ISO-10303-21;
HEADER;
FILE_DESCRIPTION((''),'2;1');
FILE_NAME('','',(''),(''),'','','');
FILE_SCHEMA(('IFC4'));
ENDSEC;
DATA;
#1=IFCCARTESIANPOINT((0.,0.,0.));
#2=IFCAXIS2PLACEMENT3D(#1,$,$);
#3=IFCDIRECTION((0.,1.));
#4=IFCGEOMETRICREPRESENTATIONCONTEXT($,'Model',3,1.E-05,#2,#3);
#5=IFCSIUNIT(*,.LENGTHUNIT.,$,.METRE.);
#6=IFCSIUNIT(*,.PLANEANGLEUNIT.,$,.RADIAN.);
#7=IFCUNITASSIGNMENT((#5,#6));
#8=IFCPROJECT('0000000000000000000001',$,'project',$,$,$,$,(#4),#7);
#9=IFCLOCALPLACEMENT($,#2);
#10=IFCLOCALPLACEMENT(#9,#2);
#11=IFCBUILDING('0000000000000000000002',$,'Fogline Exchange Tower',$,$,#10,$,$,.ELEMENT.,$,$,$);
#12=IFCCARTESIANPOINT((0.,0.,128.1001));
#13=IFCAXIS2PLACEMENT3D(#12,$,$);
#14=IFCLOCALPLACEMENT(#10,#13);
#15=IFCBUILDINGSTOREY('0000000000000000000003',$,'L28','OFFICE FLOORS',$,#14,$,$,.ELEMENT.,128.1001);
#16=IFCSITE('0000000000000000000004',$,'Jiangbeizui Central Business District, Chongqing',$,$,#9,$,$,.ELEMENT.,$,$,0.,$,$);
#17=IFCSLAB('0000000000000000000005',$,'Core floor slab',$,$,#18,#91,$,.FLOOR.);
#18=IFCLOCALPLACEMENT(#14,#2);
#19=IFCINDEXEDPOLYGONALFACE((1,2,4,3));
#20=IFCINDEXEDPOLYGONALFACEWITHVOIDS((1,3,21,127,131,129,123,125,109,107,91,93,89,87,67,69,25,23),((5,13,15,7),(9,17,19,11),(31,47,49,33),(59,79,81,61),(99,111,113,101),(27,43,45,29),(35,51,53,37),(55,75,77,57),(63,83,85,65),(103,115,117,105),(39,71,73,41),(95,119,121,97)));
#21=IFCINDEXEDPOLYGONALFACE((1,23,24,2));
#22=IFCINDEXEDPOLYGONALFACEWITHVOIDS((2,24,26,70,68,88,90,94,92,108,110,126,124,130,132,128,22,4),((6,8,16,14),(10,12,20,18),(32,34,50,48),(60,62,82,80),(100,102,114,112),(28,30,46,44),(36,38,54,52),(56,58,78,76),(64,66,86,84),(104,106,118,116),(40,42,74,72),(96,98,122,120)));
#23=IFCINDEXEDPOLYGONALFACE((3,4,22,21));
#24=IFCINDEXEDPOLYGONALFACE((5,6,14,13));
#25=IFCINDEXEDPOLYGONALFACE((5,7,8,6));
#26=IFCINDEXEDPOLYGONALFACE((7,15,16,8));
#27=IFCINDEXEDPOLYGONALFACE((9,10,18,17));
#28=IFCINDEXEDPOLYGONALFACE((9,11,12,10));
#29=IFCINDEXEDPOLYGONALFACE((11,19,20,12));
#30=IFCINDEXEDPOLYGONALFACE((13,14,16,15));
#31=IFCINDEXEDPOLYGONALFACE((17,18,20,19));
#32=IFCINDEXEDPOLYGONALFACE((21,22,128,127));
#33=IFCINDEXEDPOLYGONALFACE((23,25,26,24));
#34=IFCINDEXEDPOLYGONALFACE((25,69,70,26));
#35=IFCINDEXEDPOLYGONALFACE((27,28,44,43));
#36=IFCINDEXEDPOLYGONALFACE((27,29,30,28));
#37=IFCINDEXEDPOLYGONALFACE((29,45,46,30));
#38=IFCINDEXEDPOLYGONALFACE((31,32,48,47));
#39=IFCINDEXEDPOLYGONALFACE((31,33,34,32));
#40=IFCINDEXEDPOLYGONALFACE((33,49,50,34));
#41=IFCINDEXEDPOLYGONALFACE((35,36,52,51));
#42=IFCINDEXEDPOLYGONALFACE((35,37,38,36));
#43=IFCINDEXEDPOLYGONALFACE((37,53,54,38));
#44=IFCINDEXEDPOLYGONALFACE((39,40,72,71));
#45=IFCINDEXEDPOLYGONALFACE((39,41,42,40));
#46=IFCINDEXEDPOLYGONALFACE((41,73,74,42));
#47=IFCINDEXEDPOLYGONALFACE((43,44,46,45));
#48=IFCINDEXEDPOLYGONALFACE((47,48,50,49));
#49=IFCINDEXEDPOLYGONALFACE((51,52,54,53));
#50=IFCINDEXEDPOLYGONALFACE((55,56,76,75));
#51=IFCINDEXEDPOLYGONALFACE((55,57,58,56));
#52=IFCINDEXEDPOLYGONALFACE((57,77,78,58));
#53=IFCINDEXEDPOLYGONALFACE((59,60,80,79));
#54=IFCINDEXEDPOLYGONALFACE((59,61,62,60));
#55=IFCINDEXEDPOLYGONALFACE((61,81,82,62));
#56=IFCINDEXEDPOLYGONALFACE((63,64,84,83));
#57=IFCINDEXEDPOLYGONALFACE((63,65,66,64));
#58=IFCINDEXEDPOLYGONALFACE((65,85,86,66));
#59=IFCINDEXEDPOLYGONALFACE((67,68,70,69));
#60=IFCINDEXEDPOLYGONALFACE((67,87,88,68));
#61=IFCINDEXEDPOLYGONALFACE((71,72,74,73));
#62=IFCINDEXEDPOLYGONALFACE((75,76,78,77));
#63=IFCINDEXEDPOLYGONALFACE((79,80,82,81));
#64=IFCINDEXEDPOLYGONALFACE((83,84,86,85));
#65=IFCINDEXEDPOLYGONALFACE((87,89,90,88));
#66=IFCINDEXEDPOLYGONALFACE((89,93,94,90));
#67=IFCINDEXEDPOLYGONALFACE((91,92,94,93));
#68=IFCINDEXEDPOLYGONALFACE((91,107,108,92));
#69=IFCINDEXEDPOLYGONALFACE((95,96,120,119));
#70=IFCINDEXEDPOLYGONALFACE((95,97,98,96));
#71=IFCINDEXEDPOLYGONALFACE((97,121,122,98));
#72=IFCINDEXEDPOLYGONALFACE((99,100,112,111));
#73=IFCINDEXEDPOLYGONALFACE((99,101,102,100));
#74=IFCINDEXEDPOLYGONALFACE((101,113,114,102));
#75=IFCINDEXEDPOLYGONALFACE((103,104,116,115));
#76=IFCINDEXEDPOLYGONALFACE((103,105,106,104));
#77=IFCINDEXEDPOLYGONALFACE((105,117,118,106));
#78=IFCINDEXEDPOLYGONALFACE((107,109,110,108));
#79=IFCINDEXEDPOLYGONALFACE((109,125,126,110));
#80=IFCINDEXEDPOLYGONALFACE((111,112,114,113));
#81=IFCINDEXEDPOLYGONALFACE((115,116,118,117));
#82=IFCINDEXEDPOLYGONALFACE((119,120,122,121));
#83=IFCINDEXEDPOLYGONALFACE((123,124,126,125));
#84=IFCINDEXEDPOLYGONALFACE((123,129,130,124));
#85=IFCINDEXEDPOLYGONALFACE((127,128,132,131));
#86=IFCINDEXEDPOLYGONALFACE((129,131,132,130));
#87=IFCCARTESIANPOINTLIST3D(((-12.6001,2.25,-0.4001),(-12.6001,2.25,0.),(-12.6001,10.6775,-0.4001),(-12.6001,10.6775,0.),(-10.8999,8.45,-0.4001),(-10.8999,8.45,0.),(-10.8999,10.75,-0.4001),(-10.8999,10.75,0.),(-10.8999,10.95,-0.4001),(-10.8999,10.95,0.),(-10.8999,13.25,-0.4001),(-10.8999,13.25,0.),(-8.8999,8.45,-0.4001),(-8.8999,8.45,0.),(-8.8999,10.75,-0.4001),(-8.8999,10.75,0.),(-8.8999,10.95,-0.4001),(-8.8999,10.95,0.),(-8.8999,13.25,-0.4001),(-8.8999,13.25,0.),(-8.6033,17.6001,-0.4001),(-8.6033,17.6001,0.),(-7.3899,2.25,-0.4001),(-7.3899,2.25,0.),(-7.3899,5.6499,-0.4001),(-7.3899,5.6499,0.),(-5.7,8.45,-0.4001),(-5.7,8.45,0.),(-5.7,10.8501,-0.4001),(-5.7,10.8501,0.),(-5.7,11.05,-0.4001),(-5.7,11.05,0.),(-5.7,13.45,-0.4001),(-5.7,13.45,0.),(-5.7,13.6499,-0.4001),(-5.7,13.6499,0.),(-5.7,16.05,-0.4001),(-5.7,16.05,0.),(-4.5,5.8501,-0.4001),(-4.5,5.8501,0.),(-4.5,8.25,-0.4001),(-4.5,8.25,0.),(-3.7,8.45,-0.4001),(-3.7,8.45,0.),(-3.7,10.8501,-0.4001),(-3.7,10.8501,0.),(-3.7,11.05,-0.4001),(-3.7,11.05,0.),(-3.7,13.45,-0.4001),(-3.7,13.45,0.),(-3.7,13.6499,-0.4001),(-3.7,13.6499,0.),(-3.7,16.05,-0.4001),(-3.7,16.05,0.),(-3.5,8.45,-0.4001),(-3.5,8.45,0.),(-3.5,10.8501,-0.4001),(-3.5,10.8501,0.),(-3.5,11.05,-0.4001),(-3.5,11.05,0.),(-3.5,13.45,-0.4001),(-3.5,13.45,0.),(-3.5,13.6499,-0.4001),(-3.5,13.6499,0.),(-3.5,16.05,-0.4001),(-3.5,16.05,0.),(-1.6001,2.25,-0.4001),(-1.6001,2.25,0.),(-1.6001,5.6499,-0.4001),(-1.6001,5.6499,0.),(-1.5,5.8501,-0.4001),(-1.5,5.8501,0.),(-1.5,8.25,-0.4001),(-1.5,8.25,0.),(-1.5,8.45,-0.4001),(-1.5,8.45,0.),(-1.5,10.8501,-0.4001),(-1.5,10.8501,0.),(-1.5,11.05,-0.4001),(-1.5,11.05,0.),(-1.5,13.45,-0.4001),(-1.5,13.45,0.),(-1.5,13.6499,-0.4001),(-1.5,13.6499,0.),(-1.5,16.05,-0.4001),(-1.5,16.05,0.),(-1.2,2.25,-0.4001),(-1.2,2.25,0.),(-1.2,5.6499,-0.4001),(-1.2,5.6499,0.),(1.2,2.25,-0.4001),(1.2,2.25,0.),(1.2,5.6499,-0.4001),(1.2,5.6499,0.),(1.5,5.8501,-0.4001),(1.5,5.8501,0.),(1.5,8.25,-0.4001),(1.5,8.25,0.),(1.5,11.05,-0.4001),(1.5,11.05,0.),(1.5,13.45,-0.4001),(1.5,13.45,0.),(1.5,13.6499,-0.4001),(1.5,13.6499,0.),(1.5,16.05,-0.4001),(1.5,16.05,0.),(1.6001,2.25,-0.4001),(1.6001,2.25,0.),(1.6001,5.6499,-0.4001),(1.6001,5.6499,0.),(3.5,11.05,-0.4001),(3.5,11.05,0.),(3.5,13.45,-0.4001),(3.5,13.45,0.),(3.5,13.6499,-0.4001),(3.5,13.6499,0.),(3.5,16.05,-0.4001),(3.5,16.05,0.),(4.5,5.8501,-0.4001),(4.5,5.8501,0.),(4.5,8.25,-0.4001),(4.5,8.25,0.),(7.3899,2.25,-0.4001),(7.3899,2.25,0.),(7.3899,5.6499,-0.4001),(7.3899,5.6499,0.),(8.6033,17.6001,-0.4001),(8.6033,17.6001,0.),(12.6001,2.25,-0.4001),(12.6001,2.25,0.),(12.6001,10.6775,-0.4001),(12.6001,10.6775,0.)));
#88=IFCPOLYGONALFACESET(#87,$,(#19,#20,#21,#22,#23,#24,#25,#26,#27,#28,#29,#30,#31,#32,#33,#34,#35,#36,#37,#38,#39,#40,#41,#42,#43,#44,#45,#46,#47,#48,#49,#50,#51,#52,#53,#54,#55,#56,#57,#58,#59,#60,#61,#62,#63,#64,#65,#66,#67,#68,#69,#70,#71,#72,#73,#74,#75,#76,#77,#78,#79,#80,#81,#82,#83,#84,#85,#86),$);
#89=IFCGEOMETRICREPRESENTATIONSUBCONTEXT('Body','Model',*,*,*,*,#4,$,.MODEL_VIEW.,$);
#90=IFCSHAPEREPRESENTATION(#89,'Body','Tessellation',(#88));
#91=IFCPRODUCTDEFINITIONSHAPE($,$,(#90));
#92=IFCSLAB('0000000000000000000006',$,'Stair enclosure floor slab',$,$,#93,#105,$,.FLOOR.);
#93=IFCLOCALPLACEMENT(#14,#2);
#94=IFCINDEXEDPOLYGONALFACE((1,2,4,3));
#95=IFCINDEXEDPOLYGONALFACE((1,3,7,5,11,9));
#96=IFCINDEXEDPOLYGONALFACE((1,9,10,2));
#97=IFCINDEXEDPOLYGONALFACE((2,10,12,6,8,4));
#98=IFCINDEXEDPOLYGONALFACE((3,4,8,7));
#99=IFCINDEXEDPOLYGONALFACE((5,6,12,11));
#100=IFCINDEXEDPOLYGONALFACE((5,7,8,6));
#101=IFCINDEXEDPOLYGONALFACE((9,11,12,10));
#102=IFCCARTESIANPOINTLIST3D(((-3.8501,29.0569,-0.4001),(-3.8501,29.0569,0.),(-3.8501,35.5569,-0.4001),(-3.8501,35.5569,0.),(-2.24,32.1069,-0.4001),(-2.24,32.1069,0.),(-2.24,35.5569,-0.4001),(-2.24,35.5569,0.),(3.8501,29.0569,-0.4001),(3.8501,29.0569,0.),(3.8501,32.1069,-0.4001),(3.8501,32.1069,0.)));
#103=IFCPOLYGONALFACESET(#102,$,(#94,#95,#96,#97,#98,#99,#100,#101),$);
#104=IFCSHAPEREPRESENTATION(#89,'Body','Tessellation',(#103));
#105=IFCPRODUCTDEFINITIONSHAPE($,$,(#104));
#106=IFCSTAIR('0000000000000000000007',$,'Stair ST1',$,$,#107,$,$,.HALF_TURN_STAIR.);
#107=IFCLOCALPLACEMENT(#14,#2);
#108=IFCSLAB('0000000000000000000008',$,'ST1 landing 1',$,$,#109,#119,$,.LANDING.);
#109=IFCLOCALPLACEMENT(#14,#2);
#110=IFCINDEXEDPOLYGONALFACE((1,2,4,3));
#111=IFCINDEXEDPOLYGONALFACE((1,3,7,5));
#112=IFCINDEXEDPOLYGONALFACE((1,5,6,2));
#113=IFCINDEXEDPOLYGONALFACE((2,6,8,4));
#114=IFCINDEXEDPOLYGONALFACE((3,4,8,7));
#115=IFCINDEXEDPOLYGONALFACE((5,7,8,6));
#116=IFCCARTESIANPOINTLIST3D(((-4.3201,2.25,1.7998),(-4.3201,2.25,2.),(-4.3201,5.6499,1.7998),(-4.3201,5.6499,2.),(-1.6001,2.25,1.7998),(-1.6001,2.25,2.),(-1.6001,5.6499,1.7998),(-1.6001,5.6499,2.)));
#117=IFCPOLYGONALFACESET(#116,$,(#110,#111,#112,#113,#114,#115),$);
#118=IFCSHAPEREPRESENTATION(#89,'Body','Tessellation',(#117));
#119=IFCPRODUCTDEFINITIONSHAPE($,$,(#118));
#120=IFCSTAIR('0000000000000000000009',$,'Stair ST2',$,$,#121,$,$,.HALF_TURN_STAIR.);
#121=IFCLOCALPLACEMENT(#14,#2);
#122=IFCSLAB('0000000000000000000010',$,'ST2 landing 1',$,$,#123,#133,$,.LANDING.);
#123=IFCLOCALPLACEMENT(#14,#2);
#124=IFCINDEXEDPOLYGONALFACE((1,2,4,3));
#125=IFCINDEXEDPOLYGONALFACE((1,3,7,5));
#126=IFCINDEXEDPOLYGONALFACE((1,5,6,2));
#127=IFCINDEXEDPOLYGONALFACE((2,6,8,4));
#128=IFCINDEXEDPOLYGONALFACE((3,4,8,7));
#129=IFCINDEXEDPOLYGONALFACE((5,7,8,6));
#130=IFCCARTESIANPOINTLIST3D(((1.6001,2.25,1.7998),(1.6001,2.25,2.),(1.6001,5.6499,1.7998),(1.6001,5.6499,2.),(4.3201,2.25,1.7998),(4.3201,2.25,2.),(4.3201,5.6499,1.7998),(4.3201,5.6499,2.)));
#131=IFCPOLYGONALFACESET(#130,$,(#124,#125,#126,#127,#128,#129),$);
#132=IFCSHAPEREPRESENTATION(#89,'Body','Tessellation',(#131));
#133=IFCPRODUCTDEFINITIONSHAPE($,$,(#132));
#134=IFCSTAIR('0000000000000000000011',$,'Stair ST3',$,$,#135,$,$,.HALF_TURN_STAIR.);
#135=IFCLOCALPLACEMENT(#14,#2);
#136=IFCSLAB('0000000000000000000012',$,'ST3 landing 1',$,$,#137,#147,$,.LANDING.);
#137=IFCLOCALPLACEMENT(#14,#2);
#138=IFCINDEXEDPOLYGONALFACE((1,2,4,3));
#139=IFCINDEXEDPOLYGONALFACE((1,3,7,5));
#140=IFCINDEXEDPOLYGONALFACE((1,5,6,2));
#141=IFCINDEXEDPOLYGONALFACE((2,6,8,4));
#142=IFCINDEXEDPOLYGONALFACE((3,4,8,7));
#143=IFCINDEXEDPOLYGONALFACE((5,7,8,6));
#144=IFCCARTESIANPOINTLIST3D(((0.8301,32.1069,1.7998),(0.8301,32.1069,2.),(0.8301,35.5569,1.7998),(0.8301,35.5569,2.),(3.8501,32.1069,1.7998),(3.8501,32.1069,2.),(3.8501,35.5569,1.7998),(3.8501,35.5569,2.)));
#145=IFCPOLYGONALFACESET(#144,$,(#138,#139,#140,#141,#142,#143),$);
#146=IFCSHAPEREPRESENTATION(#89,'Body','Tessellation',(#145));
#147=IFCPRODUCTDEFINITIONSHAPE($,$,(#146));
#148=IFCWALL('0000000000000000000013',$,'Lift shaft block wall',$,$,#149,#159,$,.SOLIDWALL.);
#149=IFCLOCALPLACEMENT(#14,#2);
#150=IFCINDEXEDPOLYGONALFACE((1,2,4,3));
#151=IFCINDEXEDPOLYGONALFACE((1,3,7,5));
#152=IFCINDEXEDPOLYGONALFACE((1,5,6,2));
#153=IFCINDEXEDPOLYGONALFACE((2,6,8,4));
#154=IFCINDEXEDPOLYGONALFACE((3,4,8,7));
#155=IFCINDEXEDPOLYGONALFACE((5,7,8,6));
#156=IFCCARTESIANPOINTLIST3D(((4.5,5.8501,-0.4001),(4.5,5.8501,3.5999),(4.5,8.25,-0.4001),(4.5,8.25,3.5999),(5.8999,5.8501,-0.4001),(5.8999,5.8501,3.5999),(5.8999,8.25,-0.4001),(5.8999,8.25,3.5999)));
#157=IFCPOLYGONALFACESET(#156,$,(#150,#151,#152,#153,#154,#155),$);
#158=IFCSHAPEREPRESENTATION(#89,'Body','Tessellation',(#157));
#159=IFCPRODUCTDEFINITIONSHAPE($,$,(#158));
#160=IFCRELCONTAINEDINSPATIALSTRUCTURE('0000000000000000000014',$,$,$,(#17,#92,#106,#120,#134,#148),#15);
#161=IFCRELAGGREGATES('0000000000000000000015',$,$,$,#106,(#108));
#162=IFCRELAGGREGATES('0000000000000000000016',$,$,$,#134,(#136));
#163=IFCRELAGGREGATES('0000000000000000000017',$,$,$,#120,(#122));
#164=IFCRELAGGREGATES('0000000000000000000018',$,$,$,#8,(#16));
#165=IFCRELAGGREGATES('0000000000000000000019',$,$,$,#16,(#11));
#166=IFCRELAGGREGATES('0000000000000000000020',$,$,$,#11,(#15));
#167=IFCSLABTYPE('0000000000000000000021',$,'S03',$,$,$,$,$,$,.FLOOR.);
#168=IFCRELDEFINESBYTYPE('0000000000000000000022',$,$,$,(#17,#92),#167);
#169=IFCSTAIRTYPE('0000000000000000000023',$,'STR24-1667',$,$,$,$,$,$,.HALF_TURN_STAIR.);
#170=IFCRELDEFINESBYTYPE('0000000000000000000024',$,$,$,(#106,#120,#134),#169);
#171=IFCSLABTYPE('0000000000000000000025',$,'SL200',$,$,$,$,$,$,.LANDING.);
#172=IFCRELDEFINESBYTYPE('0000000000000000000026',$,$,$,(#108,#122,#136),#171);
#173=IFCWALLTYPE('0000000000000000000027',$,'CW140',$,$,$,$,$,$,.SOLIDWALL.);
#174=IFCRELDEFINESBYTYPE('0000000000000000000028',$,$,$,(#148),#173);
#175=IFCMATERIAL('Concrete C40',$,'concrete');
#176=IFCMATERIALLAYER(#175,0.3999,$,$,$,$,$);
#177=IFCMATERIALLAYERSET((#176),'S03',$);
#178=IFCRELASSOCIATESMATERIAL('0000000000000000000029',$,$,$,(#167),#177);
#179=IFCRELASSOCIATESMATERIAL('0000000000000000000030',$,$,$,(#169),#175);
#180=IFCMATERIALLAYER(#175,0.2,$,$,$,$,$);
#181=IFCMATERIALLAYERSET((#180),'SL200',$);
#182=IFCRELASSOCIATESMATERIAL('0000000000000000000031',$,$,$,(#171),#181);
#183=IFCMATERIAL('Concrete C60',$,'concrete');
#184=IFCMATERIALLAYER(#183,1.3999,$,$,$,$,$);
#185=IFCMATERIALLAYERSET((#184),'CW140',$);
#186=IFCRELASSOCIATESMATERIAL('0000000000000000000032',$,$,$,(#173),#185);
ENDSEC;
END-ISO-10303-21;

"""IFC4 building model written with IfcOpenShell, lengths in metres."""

from ifc_helpers import new_model, si_unit, direction, frame, frame_2d, origin, place, context, subcontext, project, spatial, polyline, rectangle, outline, extrude, material, layer, layer_set, type_object, element, aggregate, save


model = new_model("IFC4")

# Units and contexts
model_context = context("Model", 3, precision=1e-05, world=origin(), true_north=direction((0.0, 1.0)))
body_context = subcontext(model_context, "Body", "Model", "MODEL_VIEW")
ifc_project = project(units=[si_unit("LENGTHUNIT", "METRE"), si_unit("PLANEANGLEUNIT", "RADIAN")], contexts=[model_context])

# Site, building, storey
site_placement = place(None, origin())
site = spatial("IfcSite", under=ifc_project, at=site_placement, Name="Jiangbeizui Central Business District, Chongqing", CompositionType="ELEMENT", RefElevation=0.0)
building_placement = place(site_placement, origin())
building = spatial("IfcBuilding", under=site, at=building_placement, Name="Fogline Exchange Tower", CompositionType="ELEMENT")
storey_placement = place(building_placement, frame((0.0, 0.0, 128.1001)))
storey = spatial("IfcBuildingStorey", under=building, at=storey_placement, Name="L28", Description="OFFICE FLOORS", CompositionType="ELEMENT", Elevation=128.1001)

# Slabs
ifc_material_1 = material(Name="Concrete C40", Category="concrete")
ifc_layer_1 = layer(ifc_material_1, 0.3999)
ifc_layer_set_1 = layer_set([ifc_layer_1], Name="S03")
slab_type_1 = type_object("IfcSlabType", Name="S03", PredefinedType="FLOOR", material=ifc_layer_set_1)
slab_1_placement = place(storey_placement, frame((0.0, 0.0, -0.4001)))
element("IfcSlab", 1, at=slab_1_placement, inside=storey, type_object=slab_type_1, Name="Core floor slab", PredefinedType="FLOOR", context=body_context, shape_type="SweptSolid", body=[
    extrude(outline(polyline([(-12.6001, 2.25), (-12.6001, 10.6775), (-8.6033, 17.6001), (8.6033, 17.6001), (12.6001, 10.6775), (12.6001, 2.25), (7.3899, 2.25), (7.3899, 5.6499), (1.6001, 5.6499), (1.6001, 2.25), (1.2, 2.25), (1.2, 5.6499), (-1.2, 5.6499), (-1.2, 2.25), (-1.6001, 2.25), (-1.6001, 5.6499), (-7.3899, 5.6499), (-7.3899, 2.25), (-12.6001, 2.25)]), holes=[polyline([(-1.5, 8.25), (-4.5, 8.25), (-4.5, 5.8501), (-1.5, 5.8501), (-1.5, 8.25)]), polyline([(-8.8999, 10.75), (-10.8999, 10.75), (-10.8999, 8.45), (-8.8999, 8.45), (-8.8999, 10.75)]), polyline([(-3.7, 10.8501), (-5.7, 10.8501), (-5.7, 8.45), (-3.7, 8.45), (-3.7, 10.8501)]), polyline([(-1.5, 10.8501), (-3.5, 10.8501), (-3.5, 8.45), (-1.5, 8.45), (-1.5, 10.8501)]), polyline([(-8.8999, 13.25), (-10.8999, 13.25), (-10.8999, 10.95), (-8.8999, 10.95), (-8.8999, 13.25)]), polyline([(-3.7, 13.45), (-5.7, 13.45), (-5.7, 11.05), (-3.7, 11.05), (-3.7, 13.45)]), polyline([(-3.7, 16.05), (-5.7, 16.05), (-5.7, 13.6499), (-3.7, 13.6499), (-3.7, 16.05)]), polyline([(4.5, 8.25), (1.5, 8.25), (1.5, 5.8501), (4.5, 5.8501), (4.5, 8.25)]), polyline([(-1.5, 13.45), (-3.5, 13.45), (-3.5, 11.05), (-1.5, 11.05), (-1.5, 13.45)]), polyline([(3.5, 13.45), (1.5, 13.45), (1.5, 11.05), (3.5, 11.05), (3.5, 13.45)]), polyline([(-1.5, 16.05), (-3.5, 16.05), (-3.5, 13.6499), (-1.5, 13.6499), (-1.5, 16.05)]), polyline([(3.5, 16.05), (1.5, 16.05), (1.5, 13.6499), (3.5, 13.6499), (3.5, 16.05)])]), origin(), (0.0, 0.0, 1.0), 0.4001),
])
slab_2_placement = place(storey_placement, frame((0.0, 0.0, -0.4001)))
element("IfcSlab", 2, at=slab_2_placement, inside=storey, type_object=slab_type_1, Name="Stair enclosure floor slab", PredefinedType="FLOOR", context=body_context, shape_type="SweptSolid", body=[
    extrude(outline(polyline([(3.8501, 29.0569), (-3.8501, 29.0569), (-3.8501, 35.5569), (-2.24, 35.5569), (-2.24, 32.1069), (3.8501, 32.1069), (3.8501, 29.0569)])), origin(), (0.0, 0.0, 1.0), 0.4001),
])

# Stairs, slabs
stair_type = type_object("IfcStairType", Name="STR24-1667", PredefinedType="HALF_TURN_STAIR", material=ifc_material_1)
stair_1_placement = place(storey_placement, origin())
stair_1 = element("IfcStair", 3, at=stair_1_placement, inside=storey, type_object=stair_type, Name="Stair ST1", PredefinedType="HALF_TURN_STAIR")
ifc_layer_2 = layer(ifc_material_1, 0.2)
ifc_layer_set_2 = layer_set([ifc_layer_2], Name="SL200")
slab_type_2 = type_object("IfcSlabType", Name="SL200", PredefinedType="LANDING", material=ifc_layer_set_2)
slab_3_placement = place(storey_placement, frame((0.0, 0.0, 1.7998)))
slab_3 = element("IfcSlab", 4, at=slab_3_placement, type_object=slab_type_2, Name="ST1 landing 1", PredefinedType="LANDING", context=body_context, shape_type="SweptSolid", body=[
    extrude(outline(polyline([(-4.3201, 2.25), (-1.6001, 2.25), (-1.6001, 5.6499), (-4.3201, 5.6499), (-4.3201, 2.25)])), origin(), (0.0, 0.0, 1.0), 0.2002),
])
aggregate(stair_1, [slab_3])
stair_2_placement = place(storey_placement, origin())
stair_2 = element("IfcStair", 5, at=stair_2_placement, inside=storey, type_object=stair_type, Name="Stair ST2", PredefinedType="HALF_TURN_STAIR")
slab_4_placement = place(storey_placement, frame((0.0, 0.0, 1.7998)))
slab_4 = element("IfcSlab", 6, at=slab_4_placement, type_object=slab_type_2, Name="ST2 landing 1", PredefinedType="LANDING", context=body_context, shape_type="SweptSolid", body=[
    extrude(outline(polyline([(1.6001, 2.25), (4.3201, 2.25), (4.3201, 5.6499), (1.6001, 5.6499), (1.6001, 2.25)])), origin(), (0.0, 0.0, 1.0), 0.2002),
])
stair_3_placement = place(storey_placement, origin())
stair_3 = element("IfcStair", 7, at=stair_3_placement, inside=storey, type_object=stair_type, Name="Stair ST3", PredefinedType="HALF_TURN_STAIR")
slab_5_placement = place(storey_placement, frame((0.0, 0.0, 1.7998)))
slab_5 = element("IfcSlab", 8, at=slab_5_placement, type_object=slab_type_2, Name="ST3 landing 1", PredefinedType="LANDING", context=body_context, shape_type="SweptSolid", body=[
    extrude(outline(polyline([(0.8301, 32.1069), (3.8501, 32.1069), (3.8501, 35.5569), (0.8301, 35.5569), (0.8301, 32.1069)])), origin(), (0.0, 0.0, 1.0), 0.2002),
])
aggregate(stair_3, [slab_5])

# Wall
ifc_material_2 = material(Name="Concrete C60", Category="concrete")
ifc_layer_3 = layer(ifc_material_2, 1.3999)
ifc_layer_set_3 = layer_set([ifc_layer_3], Name="CW140")
wall_type_1 = type_object("IfcWallType", Name="CW140", PredefinedType="SOLIDWALL", material=ifc_layer_set_3)
wall_1_placement = place(storey_placement, frame((5.2, 5.8501, -0.4001), z_axis=(0.0, 0.0, 1.0), x_axis=(0.0, 1.0, 0.0)))
element("IfcWall", 9, at=wall_1_placement, inside=storey, type_object=wall_type_1, Name="Lift shaft block wall", PredefinedType="SOLIDWALL", context=body_context, shape_type="SweptSolid", body=[
    extrude(rectangle(XDim=2.3999, YDim=1.3999, at=frame_2d((1.2, 0.0))), origin(), (0.0, 0.0, 1.0), 4.0),
])

aggregate(stair_2, [slab_4])

save(model, "model.ifc")
